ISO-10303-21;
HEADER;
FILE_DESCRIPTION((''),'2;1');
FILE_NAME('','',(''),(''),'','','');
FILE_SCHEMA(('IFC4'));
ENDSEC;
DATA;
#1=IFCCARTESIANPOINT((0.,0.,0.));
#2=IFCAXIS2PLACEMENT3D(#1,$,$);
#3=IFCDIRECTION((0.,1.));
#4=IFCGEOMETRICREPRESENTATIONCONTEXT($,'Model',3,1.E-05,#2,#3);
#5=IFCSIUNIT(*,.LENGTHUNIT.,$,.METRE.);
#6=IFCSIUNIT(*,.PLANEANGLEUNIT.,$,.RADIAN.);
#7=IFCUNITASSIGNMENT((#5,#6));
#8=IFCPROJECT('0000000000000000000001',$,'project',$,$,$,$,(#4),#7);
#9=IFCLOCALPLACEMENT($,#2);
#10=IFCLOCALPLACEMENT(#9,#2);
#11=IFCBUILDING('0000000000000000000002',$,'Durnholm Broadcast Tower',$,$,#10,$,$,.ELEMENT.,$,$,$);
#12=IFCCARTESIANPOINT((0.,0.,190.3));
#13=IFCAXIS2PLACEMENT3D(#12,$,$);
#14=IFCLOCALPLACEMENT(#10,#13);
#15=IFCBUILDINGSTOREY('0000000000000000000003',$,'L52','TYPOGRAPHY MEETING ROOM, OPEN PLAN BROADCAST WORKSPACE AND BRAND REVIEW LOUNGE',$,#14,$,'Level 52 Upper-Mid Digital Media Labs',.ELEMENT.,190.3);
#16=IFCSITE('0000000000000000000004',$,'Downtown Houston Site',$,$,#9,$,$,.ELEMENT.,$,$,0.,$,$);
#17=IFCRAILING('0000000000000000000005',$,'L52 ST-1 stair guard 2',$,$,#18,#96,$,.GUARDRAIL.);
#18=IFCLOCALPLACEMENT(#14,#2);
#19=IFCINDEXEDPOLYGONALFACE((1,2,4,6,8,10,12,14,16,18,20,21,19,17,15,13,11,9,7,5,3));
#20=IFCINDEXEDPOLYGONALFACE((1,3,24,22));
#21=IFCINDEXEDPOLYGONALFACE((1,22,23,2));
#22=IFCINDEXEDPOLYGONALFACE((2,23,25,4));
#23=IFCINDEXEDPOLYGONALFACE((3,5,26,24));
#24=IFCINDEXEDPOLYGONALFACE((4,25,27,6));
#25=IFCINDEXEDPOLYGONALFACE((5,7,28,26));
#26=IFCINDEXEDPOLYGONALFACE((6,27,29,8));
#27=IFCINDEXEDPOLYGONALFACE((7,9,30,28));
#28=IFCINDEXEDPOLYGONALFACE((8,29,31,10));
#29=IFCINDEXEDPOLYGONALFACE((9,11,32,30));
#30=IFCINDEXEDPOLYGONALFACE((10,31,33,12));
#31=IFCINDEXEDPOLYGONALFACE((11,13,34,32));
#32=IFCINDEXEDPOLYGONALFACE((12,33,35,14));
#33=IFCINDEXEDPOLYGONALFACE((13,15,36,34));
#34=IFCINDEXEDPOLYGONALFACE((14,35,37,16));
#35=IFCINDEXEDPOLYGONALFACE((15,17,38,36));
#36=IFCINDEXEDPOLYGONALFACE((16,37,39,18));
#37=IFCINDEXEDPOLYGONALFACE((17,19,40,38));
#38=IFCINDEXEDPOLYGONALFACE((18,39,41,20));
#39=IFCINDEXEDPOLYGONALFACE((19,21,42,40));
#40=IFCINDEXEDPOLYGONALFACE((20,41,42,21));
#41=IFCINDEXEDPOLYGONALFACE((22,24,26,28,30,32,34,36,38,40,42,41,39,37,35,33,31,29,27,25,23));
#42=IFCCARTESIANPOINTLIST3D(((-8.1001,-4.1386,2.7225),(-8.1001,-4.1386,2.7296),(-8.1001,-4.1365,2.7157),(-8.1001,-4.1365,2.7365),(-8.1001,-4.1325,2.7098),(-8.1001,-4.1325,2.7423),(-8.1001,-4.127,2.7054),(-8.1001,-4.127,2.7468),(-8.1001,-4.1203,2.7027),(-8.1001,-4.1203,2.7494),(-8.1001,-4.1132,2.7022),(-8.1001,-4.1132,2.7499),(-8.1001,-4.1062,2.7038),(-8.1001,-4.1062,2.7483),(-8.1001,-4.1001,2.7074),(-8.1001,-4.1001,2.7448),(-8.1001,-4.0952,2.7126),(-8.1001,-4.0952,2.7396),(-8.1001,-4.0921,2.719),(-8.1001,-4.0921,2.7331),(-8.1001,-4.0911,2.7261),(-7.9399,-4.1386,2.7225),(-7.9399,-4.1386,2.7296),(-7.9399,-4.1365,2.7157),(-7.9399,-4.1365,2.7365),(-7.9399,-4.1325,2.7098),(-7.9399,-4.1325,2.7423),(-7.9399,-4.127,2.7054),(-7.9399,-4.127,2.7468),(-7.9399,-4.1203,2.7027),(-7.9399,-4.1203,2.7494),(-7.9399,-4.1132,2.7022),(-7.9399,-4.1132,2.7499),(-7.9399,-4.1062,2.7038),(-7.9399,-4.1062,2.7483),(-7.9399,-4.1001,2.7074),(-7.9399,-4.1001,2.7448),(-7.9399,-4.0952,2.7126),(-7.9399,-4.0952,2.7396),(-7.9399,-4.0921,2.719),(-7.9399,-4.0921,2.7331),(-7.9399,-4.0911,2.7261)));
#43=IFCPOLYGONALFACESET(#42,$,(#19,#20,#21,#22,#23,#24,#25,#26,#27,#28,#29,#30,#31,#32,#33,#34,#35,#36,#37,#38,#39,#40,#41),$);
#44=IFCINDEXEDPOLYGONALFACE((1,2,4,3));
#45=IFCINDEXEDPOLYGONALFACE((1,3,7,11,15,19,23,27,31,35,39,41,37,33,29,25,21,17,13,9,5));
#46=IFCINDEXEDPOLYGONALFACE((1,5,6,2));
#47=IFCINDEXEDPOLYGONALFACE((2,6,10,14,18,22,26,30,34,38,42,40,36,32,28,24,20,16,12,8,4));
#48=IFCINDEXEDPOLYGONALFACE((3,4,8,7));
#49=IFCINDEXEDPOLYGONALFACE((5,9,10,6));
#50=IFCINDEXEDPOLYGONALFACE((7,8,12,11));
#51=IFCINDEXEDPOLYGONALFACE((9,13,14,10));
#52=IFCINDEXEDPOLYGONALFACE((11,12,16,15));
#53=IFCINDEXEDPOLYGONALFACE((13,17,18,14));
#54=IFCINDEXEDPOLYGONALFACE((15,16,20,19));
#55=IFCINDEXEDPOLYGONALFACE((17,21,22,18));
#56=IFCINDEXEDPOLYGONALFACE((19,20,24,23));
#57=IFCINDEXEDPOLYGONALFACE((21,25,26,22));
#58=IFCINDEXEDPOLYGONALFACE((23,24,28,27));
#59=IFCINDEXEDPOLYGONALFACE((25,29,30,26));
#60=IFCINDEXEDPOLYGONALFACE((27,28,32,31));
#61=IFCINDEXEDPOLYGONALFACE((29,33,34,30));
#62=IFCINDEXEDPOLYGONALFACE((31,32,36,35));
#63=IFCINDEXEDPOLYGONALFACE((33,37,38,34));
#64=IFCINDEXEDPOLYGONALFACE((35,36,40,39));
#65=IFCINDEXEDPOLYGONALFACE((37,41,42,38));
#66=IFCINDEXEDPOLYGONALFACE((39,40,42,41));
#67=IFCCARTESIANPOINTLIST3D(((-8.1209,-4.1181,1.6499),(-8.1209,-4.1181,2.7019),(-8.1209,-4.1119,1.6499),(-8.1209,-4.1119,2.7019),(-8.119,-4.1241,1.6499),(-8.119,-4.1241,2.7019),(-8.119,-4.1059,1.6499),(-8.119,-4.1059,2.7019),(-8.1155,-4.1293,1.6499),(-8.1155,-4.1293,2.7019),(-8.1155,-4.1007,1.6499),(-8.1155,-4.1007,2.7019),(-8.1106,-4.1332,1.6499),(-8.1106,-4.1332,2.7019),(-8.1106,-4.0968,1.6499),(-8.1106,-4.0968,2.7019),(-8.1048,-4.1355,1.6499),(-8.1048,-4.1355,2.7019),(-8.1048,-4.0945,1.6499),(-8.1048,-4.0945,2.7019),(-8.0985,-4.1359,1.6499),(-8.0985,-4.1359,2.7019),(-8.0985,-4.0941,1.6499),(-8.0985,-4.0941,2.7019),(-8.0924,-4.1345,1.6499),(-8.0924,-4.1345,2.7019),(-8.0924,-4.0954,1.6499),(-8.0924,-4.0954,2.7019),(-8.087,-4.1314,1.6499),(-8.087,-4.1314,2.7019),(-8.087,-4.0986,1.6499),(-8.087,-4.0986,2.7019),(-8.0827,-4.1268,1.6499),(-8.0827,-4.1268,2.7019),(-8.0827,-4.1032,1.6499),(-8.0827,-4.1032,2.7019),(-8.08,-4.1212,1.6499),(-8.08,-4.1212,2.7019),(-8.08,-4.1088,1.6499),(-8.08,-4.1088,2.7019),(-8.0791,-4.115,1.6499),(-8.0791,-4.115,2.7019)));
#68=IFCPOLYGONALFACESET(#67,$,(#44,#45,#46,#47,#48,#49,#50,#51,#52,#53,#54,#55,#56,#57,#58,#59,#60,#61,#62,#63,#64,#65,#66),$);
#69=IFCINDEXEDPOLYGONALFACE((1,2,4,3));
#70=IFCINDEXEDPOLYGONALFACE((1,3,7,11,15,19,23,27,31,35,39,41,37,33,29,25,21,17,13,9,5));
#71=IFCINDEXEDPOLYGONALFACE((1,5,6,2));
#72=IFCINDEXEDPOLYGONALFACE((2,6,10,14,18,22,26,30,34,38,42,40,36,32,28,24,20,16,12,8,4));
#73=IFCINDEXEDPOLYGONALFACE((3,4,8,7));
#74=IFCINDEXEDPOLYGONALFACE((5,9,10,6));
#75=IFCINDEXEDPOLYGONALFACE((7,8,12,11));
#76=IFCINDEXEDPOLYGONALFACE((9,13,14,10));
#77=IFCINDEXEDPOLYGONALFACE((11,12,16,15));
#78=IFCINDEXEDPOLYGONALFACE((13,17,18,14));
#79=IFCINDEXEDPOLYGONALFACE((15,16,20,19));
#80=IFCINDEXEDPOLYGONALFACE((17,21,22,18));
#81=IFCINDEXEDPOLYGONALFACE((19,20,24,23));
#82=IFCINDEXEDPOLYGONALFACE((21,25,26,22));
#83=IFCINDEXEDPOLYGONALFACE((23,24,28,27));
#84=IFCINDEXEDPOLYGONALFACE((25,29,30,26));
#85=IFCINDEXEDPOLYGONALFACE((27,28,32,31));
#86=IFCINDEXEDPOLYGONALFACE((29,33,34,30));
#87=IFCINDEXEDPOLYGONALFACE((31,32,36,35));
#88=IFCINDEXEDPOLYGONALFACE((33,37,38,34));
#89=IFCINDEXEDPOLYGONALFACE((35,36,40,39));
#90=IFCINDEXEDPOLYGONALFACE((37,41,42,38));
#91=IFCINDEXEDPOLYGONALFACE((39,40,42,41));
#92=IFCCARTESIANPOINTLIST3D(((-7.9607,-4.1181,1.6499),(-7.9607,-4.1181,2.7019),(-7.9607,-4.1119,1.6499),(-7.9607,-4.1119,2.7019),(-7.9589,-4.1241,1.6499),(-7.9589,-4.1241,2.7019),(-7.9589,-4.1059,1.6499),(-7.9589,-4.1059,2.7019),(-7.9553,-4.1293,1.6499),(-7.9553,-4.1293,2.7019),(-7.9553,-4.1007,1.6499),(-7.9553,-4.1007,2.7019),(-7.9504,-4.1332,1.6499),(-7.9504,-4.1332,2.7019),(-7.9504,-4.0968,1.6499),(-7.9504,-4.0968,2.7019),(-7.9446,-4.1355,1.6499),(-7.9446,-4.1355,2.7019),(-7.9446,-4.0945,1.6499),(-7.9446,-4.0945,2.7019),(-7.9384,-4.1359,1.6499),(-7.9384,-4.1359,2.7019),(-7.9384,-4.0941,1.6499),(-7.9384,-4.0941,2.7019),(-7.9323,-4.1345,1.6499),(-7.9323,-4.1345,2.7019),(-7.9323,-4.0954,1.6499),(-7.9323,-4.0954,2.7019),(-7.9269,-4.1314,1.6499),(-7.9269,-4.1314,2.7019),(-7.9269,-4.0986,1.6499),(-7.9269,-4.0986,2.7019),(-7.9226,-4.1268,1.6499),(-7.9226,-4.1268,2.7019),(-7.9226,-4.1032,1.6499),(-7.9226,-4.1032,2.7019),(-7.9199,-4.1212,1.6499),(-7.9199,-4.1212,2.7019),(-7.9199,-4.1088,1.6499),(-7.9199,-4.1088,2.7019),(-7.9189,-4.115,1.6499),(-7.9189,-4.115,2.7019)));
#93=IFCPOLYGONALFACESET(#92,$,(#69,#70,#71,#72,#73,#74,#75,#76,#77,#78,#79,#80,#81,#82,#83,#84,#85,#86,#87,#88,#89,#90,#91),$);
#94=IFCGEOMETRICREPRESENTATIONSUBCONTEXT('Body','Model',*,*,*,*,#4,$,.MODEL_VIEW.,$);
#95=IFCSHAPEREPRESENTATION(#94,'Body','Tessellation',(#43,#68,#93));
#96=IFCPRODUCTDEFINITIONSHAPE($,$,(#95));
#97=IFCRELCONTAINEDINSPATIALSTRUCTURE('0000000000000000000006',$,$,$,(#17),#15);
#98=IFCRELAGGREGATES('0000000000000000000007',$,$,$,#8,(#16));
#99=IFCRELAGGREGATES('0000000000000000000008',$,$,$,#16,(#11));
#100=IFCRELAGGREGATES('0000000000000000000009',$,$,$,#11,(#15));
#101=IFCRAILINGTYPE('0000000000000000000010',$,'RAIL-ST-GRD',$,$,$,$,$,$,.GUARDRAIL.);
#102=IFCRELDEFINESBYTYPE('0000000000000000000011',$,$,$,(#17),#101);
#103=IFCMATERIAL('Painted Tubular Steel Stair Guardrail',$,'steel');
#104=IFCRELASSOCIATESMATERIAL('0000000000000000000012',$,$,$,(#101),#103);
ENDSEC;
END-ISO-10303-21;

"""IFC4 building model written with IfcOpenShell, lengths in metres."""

from ifc_helpers import new_model, si_unit, direction, frame, origin, origin_2d, place, context, subcontext, project, spatial, circle, extrude, material, type_object, element, save


model = new_model("IFC4")

# Units and contexts
model_context = context("Model", 3, precision=1e-05, world=origin(), true_north=direction((0.0, 1.0)))
body_context = subcontext(model_context, "Body", "Model", "MODEL_VIEW")
ifc_project = project(units=[si_unit("LENGTHUNIT", "METRE"), si_unit("PLANEANGLEUNIT", "RADIAN")], contexts=[model_context])

# Site, building, storey
site_placement = place(None, origin())
site = spatial("IfcSite", under=ifc_project, at=site_placement, Name="Downtown Houston Site", CompositionType="ELEMENT", RefElevation=0.0)
building_placement = place(site_placement, origin())
building = spatial("IfcBuilding", under=site, at=building_placement, Name="Durnholm Broadcast Tower", CompositionType="ELEMENT")
storey_placement = place(building_placement, frame((0.0, 0.0, 190.3)))
storey = spatial("IfcBuildingStorey", under=building, at=storey_placement, Name="L52", Description="TYPOGRAPHY MEETING ROOM, OPEN PLAN BROADCAST WORKSPACE AND BRAND REVIEW LOUNGE", LongName="Level 52 Upper-Mid Digital Media Labs", CompositionType="ELEMENT", Elevation=190.3)

# Railing
ifc_material_1 = material(Name="Painted Tubular Steel Stair Guardrail", Category="steel")
railing_type_1 = type_object("IfcRailingType", Name="RAIL-ST-GRD", PredefinedType="GUARDRAIL", material=ifc_material_1)
railing_1_placement = place(storey_placement, frame((-8.1001, -4.115, 1.6499)))
element("IfcRailing", 1, at=railing_1_placement, inside=storey, type_object=railing_type_1, Name="L52 ST-1 stair guard 2", PredefinedType="GUARDRAIL", context=body_context, shape_type="SweptSolid", body=[
    extrude(circle(Radius=0.0239, at=origin_2d()), frame((0.0, 0.0, 1.0762), z_axis=(1.0, 0.0, 0.0), x_axis=(0.0, 1.0, 0.0)), (0.0, 0.0, 1.0), 0.1602),
    extrude(circle(Radius=0.021, at=origin_2d()), origin(), (0.0, 0.0, 1.0), 1.052),
    extrude(circle(Radius=0.021, at=origin_2d()), frame((0.1602, 0.0, 0.0)), (0.0, 0.0, 1.0), 1.052),
])

save(model, "model.ifc")
